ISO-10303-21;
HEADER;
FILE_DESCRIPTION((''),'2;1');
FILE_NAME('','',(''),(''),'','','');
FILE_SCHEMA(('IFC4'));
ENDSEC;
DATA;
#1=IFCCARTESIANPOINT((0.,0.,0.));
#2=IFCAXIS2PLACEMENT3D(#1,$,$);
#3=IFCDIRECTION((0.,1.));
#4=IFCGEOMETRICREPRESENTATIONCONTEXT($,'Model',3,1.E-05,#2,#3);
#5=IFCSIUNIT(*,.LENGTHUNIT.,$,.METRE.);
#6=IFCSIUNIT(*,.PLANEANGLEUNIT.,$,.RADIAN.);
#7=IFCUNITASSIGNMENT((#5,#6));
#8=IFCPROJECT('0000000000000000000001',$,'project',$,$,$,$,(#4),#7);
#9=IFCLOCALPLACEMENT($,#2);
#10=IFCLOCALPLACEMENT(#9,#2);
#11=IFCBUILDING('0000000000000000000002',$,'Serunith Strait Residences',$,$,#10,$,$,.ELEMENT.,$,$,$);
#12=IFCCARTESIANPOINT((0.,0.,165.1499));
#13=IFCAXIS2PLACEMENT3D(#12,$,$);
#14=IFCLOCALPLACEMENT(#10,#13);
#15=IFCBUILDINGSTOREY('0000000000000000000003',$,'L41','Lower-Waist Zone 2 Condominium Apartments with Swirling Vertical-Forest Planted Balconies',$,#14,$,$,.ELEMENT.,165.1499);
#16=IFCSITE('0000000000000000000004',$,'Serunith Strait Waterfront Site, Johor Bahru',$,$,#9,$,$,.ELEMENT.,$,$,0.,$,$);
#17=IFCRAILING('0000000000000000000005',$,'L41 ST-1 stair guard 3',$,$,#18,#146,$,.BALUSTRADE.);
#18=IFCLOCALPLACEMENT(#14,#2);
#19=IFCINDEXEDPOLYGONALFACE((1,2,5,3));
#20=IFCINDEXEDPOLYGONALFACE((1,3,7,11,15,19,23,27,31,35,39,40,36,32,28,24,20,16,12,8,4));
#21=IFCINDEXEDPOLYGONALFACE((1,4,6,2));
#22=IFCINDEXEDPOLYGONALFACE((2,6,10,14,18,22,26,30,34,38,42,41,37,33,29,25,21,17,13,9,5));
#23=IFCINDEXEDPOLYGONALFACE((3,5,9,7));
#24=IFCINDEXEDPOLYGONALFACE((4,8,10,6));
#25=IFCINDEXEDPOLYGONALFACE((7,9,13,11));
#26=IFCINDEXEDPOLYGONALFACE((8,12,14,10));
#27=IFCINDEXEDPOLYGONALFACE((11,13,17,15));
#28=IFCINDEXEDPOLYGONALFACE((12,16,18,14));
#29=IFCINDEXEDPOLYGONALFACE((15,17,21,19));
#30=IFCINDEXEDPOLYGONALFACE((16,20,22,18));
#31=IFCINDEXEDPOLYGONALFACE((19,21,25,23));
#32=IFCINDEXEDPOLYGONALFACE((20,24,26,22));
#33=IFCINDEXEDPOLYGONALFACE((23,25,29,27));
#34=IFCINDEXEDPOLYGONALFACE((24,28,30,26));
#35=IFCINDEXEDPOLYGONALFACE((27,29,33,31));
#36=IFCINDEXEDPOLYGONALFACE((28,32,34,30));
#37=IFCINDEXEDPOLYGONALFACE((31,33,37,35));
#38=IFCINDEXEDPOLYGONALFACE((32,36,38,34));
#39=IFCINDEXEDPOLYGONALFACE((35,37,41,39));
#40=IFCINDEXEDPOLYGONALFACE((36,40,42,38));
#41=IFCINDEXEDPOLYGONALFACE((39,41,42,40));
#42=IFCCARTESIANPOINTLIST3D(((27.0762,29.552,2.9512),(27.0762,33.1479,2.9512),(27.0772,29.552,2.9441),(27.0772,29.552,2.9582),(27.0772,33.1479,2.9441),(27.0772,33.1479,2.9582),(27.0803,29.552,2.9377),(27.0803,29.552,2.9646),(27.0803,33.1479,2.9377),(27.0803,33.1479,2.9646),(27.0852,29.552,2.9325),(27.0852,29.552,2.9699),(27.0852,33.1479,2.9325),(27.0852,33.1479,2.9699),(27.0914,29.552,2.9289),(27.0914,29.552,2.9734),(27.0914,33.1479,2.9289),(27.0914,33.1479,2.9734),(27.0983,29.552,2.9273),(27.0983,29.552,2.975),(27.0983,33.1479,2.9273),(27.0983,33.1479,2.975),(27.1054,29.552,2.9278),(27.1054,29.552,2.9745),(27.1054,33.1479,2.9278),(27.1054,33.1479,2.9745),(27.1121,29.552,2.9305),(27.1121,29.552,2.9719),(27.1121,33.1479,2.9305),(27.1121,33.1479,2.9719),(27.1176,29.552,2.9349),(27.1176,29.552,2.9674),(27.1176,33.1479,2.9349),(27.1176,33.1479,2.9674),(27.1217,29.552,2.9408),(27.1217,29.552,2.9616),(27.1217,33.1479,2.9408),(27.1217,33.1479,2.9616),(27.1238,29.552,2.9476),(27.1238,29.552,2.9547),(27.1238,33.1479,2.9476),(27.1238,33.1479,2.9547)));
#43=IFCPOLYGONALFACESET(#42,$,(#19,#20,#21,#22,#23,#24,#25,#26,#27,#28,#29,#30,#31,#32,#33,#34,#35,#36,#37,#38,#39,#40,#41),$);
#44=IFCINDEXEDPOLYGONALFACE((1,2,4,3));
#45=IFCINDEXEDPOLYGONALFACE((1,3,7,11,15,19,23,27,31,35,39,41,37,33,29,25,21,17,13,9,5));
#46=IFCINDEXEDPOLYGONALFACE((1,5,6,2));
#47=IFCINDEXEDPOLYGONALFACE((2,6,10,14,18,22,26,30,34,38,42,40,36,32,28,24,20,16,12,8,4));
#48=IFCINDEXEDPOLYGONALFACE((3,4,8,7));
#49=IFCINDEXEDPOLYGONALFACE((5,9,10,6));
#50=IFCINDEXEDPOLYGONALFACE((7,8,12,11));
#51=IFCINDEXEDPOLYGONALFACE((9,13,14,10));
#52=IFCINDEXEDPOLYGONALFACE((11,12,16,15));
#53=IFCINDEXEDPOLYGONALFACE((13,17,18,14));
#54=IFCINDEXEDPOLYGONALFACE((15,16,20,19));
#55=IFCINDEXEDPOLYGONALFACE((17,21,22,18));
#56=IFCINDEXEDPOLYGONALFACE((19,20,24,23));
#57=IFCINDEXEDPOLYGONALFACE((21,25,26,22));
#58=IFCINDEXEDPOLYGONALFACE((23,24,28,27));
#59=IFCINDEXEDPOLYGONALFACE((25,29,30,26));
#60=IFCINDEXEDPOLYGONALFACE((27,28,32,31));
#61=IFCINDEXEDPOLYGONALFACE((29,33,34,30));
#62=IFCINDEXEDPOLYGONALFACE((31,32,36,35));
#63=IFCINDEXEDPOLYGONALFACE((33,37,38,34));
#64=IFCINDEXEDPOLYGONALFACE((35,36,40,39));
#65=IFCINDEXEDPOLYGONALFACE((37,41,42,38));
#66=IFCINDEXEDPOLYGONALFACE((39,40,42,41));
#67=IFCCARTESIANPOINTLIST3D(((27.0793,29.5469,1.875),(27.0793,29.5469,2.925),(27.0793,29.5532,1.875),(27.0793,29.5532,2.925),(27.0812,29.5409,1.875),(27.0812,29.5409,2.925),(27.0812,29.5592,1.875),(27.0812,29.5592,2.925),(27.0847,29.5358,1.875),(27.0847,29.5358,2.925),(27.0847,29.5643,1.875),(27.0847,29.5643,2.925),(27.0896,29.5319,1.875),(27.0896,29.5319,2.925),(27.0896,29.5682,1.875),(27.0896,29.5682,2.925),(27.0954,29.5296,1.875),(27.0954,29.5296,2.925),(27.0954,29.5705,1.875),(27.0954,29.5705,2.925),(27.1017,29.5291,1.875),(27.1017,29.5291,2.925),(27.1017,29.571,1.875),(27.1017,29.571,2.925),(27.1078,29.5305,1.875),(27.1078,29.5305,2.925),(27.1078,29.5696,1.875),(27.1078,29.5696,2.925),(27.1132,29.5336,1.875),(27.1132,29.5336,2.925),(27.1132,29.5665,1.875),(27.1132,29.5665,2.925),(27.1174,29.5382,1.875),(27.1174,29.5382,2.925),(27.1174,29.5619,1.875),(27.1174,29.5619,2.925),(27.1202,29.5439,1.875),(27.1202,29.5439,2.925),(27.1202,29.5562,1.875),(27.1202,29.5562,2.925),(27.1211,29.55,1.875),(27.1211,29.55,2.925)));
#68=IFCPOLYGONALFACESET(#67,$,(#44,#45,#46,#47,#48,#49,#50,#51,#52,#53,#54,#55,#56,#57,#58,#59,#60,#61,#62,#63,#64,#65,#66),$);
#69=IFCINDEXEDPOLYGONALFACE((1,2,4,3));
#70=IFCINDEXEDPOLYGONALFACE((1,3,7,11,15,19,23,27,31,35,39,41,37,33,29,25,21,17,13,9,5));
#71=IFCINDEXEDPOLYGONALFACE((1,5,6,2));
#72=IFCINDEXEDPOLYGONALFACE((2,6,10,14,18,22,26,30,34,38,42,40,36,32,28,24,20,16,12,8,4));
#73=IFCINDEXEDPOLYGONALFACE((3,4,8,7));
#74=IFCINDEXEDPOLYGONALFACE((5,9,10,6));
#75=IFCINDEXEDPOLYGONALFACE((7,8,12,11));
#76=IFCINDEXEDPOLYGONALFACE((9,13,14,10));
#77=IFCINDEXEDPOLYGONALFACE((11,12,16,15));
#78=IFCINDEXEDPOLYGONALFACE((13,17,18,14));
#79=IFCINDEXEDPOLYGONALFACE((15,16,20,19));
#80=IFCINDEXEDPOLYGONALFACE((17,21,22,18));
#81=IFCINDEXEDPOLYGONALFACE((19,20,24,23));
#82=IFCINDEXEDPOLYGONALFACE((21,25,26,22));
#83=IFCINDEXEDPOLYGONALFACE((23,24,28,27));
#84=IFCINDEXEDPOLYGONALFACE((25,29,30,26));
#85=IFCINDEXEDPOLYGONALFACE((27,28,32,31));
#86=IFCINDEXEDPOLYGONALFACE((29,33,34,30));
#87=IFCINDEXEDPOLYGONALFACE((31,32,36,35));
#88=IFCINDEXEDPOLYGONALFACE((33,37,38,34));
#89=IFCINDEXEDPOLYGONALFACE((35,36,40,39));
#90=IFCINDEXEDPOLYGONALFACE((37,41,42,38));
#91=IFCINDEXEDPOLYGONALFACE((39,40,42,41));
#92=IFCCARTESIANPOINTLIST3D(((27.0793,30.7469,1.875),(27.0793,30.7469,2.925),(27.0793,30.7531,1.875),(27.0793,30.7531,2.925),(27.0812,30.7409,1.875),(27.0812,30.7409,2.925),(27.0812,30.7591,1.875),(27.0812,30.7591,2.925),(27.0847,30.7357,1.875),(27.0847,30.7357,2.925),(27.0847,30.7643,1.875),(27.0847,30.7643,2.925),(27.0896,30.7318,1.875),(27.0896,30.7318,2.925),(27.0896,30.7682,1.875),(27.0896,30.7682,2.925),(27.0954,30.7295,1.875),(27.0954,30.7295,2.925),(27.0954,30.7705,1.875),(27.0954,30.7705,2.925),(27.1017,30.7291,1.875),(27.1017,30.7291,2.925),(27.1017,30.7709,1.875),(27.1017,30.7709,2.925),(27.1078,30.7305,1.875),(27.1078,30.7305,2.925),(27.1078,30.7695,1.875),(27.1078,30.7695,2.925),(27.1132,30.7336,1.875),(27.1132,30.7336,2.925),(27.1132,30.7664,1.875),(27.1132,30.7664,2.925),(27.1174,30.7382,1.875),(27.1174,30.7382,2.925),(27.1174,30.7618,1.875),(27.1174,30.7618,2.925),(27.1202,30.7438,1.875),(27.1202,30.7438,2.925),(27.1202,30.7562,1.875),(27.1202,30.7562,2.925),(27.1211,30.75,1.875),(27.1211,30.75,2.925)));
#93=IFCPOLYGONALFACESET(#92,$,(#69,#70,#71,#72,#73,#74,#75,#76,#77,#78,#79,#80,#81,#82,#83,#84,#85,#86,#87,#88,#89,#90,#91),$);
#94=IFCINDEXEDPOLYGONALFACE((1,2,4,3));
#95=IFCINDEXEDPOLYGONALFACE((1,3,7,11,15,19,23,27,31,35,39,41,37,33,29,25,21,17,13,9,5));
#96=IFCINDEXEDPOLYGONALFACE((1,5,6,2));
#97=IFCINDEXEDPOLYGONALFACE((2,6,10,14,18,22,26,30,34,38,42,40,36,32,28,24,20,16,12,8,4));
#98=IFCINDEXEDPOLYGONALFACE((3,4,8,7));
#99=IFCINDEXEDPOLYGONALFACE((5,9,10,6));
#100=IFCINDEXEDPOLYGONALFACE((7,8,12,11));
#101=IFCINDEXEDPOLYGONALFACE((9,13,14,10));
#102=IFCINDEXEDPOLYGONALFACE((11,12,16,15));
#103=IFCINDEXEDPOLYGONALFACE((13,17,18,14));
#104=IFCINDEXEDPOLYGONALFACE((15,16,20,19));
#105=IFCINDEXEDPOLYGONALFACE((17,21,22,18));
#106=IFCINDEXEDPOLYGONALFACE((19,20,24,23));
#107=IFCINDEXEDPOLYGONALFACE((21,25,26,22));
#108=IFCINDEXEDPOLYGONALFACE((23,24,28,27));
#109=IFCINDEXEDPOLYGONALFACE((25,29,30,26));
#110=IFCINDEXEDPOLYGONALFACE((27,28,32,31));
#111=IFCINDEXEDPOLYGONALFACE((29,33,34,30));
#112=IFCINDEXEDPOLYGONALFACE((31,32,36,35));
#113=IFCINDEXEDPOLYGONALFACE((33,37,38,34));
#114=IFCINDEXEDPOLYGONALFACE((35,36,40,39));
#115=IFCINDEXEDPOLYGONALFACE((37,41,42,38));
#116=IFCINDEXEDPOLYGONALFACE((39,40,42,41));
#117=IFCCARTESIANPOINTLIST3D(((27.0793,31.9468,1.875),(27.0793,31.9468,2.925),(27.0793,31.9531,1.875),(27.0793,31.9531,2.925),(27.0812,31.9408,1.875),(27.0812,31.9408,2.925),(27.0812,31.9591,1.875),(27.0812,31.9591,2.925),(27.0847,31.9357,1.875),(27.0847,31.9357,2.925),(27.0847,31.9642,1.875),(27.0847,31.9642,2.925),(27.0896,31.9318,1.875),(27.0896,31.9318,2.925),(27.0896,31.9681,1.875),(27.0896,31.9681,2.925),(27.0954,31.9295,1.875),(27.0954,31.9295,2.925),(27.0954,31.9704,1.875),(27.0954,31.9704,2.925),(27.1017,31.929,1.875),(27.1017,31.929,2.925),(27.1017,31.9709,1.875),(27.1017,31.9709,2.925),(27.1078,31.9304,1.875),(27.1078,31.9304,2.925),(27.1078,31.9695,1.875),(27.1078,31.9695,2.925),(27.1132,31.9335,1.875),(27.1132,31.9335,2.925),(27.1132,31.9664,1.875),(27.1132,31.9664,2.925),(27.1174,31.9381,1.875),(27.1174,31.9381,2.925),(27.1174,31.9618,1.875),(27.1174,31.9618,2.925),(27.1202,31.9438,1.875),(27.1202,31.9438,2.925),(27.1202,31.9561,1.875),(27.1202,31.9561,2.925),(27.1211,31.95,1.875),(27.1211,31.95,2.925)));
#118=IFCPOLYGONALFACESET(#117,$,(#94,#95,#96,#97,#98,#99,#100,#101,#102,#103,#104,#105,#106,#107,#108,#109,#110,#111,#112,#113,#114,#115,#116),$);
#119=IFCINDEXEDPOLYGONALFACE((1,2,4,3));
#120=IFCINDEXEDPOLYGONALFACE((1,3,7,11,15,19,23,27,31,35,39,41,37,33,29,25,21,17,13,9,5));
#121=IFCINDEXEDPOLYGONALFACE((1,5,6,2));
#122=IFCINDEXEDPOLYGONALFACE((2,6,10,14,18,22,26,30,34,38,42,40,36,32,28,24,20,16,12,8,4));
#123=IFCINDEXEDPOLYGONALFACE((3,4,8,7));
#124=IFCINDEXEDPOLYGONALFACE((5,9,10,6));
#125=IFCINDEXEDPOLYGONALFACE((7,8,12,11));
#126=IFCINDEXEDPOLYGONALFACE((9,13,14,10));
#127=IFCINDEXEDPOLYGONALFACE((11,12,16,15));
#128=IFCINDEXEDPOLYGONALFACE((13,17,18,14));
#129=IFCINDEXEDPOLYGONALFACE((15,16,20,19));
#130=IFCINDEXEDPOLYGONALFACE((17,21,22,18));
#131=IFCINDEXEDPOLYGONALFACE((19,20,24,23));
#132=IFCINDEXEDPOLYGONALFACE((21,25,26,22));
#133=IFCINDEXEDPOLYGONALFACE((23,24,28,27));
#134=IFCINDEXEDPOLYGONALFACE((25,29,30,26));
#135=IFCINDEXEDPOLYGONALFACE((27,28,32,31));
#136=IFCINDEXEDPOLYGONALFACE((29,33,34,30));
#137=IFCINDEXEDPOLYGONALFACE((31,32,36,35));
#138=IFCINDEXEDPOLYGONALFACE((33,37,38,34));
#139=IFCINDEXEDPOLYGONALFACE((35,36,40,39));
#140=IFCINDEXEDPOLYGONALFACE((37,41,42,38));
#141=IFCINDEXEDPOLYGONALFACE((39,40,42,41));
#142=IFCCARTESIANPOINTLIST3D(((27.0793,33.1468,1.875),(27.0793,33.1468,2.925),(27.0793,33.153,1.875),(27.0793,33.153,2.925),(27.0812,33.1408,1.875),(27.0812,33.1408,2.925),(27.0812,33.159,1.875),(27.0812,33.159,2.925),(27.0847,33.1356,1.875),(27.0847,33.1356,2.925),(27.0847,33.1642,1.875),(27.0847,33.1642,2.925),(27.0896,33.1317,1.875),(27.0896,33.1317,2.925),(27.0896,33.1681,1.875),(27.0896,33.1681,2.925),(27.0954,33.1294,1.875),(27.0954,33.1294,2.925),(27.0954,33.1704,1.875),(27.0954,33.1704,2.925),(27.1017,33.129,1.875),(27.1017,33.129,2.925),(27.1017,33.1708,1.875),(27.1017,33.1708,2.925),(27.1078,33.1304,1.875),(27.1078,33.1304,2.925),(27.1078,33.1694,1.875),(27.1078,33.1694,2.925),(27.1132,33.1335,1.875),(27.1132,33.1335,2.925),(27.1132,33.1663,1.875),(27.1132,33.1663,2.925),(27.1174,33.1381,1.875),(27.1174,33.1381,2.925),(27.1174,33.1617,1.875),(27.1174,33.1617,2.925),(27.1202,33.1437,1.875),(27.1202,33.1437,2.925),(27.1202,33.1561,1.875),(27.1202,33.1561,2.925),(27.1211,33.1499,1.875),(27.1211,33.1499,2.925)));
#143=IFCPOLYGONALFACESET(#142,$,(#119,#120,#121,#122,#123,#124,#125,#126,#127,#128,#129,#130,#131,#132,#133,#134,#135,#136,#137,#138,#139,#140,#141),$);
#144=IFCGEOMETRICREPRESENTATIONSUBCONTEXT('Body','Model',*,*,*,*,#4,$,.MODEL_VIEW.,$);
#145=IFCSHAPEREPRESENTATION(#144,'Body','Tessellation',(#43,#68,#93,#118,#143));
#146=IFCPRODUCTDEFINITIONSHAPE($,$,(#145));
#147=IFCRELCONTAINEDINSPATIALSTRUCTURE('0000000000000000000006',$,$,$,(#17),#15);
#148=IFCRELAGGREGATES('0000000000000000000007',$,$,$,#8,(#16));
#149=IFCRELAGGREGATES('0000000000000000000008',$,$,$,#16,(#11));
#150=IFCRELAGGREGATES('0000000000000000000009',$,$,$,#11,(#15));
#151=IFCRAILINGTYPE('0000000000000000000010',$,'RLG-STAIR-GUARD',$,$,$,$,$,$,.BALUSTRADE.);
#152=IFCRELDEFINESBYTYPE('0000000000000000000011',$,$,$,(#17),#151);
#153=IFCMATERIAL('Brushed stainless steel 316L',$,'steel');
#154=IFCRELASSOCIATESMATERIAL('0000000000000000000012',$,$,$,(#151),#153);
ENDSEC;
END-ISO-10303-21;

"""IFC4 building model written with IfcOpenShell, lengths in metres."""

from ifc_helpers import new_model, si_unit, direction, frame, origin, origin_2d, place, context, subcontext, project, spatial, circle, extrude, material, type_object, element, save


model = new_model("IFC4")

# Units and contexts
model_context = context("Model", 3, precision=1e-05, world=origin(), true_north=direction((0.0, 1.0)))
body_context = subcontext(model_context, "Body", "Model", "MODEL_VIEW")
ifc_project = project(units=[si_unit("LENGTHUNIT", "METRE"), si_unit("PLANEANGLEUNIT", "RADIAN")], contexts=[model_context])

# Site, building, storey
site_placement = place(None, origin())
site = spatial("IfcSite", under=ifc_project, at=site_placement, Name="Serunith Strait Waterfront Site, Johor Bahru", CompositionType="ELEMENT", RefElevation=0.0)
building_placement = place(site_placement, origin())
building = spatial("IfcBuilding", under=site, at=building_placement, Name="Serunith Strait Residences", CompositionType="ELEMENT")
storey_placement = place(building_placement, frame((0.0, 0.0, 165.1499)))
storey = spatial("IfcBuildingStorey", under=building, at=storey_placement, Name="L41", Description="Lower-Waist Zone 2 Condominium Apartments with Swirling Vertical-Forest Planted Balconies", CompositionType="ELEMENT", Elevation=165.1499)

# Railing
ifc_material_1 = material(Name="Brushed stainless steel 316L", Category="steel")
railing_type_1 = type_object("IfcRailingType", Name="RLG-STAIR-GUARD", PredefinedType="BALUSTRADE", material=ifc_material_1)
for number, where, name in (
    (1, (27.1001, 29.55, 1.875), "L41 ST-1 stair guard 3"),
):
    element("IfcRailing", number, at=place(storey_placement, frame(where)), inside=storey, type_object=railing_type_1, Name=name, PredefinedType="BALUSTRADE", context=body_context, shape_type="SweptSolid", body=[
        extrude(circle(Radius=0.0239, at=origin_2d()), frame((0.0, 0.002, 1.0762), z_axis=(0.0, 1.0, 0.0), x_axis=(-1.0, 0.0, 0.0)), (0.0, 0.0, 1.0), 3.5959),
        extrude(circle(Radius=0.021, at=origin_2d()), origin(), (0.0, 0.0, 1.0), 1.05),
        extrude(circle(Radius=0.021, at=origin_2d()), frame((0.0, 1.2, 0.0)), (0.0, 0.0, 1.0), 1.05),
        extrude(circle(Radius=0.021, at=origin_2d()), frame((0.0, 2.3999, 0.0)), (0.0, 0.0, 1.0), 1.05),
        extrude(circle(Radius=0.021, at=origin_2d()), frame((0.0, 3.5999, 0.0)), (0.0, 0.0, 1.0), 1.05),
    ])

save(model, "model.ifc")
